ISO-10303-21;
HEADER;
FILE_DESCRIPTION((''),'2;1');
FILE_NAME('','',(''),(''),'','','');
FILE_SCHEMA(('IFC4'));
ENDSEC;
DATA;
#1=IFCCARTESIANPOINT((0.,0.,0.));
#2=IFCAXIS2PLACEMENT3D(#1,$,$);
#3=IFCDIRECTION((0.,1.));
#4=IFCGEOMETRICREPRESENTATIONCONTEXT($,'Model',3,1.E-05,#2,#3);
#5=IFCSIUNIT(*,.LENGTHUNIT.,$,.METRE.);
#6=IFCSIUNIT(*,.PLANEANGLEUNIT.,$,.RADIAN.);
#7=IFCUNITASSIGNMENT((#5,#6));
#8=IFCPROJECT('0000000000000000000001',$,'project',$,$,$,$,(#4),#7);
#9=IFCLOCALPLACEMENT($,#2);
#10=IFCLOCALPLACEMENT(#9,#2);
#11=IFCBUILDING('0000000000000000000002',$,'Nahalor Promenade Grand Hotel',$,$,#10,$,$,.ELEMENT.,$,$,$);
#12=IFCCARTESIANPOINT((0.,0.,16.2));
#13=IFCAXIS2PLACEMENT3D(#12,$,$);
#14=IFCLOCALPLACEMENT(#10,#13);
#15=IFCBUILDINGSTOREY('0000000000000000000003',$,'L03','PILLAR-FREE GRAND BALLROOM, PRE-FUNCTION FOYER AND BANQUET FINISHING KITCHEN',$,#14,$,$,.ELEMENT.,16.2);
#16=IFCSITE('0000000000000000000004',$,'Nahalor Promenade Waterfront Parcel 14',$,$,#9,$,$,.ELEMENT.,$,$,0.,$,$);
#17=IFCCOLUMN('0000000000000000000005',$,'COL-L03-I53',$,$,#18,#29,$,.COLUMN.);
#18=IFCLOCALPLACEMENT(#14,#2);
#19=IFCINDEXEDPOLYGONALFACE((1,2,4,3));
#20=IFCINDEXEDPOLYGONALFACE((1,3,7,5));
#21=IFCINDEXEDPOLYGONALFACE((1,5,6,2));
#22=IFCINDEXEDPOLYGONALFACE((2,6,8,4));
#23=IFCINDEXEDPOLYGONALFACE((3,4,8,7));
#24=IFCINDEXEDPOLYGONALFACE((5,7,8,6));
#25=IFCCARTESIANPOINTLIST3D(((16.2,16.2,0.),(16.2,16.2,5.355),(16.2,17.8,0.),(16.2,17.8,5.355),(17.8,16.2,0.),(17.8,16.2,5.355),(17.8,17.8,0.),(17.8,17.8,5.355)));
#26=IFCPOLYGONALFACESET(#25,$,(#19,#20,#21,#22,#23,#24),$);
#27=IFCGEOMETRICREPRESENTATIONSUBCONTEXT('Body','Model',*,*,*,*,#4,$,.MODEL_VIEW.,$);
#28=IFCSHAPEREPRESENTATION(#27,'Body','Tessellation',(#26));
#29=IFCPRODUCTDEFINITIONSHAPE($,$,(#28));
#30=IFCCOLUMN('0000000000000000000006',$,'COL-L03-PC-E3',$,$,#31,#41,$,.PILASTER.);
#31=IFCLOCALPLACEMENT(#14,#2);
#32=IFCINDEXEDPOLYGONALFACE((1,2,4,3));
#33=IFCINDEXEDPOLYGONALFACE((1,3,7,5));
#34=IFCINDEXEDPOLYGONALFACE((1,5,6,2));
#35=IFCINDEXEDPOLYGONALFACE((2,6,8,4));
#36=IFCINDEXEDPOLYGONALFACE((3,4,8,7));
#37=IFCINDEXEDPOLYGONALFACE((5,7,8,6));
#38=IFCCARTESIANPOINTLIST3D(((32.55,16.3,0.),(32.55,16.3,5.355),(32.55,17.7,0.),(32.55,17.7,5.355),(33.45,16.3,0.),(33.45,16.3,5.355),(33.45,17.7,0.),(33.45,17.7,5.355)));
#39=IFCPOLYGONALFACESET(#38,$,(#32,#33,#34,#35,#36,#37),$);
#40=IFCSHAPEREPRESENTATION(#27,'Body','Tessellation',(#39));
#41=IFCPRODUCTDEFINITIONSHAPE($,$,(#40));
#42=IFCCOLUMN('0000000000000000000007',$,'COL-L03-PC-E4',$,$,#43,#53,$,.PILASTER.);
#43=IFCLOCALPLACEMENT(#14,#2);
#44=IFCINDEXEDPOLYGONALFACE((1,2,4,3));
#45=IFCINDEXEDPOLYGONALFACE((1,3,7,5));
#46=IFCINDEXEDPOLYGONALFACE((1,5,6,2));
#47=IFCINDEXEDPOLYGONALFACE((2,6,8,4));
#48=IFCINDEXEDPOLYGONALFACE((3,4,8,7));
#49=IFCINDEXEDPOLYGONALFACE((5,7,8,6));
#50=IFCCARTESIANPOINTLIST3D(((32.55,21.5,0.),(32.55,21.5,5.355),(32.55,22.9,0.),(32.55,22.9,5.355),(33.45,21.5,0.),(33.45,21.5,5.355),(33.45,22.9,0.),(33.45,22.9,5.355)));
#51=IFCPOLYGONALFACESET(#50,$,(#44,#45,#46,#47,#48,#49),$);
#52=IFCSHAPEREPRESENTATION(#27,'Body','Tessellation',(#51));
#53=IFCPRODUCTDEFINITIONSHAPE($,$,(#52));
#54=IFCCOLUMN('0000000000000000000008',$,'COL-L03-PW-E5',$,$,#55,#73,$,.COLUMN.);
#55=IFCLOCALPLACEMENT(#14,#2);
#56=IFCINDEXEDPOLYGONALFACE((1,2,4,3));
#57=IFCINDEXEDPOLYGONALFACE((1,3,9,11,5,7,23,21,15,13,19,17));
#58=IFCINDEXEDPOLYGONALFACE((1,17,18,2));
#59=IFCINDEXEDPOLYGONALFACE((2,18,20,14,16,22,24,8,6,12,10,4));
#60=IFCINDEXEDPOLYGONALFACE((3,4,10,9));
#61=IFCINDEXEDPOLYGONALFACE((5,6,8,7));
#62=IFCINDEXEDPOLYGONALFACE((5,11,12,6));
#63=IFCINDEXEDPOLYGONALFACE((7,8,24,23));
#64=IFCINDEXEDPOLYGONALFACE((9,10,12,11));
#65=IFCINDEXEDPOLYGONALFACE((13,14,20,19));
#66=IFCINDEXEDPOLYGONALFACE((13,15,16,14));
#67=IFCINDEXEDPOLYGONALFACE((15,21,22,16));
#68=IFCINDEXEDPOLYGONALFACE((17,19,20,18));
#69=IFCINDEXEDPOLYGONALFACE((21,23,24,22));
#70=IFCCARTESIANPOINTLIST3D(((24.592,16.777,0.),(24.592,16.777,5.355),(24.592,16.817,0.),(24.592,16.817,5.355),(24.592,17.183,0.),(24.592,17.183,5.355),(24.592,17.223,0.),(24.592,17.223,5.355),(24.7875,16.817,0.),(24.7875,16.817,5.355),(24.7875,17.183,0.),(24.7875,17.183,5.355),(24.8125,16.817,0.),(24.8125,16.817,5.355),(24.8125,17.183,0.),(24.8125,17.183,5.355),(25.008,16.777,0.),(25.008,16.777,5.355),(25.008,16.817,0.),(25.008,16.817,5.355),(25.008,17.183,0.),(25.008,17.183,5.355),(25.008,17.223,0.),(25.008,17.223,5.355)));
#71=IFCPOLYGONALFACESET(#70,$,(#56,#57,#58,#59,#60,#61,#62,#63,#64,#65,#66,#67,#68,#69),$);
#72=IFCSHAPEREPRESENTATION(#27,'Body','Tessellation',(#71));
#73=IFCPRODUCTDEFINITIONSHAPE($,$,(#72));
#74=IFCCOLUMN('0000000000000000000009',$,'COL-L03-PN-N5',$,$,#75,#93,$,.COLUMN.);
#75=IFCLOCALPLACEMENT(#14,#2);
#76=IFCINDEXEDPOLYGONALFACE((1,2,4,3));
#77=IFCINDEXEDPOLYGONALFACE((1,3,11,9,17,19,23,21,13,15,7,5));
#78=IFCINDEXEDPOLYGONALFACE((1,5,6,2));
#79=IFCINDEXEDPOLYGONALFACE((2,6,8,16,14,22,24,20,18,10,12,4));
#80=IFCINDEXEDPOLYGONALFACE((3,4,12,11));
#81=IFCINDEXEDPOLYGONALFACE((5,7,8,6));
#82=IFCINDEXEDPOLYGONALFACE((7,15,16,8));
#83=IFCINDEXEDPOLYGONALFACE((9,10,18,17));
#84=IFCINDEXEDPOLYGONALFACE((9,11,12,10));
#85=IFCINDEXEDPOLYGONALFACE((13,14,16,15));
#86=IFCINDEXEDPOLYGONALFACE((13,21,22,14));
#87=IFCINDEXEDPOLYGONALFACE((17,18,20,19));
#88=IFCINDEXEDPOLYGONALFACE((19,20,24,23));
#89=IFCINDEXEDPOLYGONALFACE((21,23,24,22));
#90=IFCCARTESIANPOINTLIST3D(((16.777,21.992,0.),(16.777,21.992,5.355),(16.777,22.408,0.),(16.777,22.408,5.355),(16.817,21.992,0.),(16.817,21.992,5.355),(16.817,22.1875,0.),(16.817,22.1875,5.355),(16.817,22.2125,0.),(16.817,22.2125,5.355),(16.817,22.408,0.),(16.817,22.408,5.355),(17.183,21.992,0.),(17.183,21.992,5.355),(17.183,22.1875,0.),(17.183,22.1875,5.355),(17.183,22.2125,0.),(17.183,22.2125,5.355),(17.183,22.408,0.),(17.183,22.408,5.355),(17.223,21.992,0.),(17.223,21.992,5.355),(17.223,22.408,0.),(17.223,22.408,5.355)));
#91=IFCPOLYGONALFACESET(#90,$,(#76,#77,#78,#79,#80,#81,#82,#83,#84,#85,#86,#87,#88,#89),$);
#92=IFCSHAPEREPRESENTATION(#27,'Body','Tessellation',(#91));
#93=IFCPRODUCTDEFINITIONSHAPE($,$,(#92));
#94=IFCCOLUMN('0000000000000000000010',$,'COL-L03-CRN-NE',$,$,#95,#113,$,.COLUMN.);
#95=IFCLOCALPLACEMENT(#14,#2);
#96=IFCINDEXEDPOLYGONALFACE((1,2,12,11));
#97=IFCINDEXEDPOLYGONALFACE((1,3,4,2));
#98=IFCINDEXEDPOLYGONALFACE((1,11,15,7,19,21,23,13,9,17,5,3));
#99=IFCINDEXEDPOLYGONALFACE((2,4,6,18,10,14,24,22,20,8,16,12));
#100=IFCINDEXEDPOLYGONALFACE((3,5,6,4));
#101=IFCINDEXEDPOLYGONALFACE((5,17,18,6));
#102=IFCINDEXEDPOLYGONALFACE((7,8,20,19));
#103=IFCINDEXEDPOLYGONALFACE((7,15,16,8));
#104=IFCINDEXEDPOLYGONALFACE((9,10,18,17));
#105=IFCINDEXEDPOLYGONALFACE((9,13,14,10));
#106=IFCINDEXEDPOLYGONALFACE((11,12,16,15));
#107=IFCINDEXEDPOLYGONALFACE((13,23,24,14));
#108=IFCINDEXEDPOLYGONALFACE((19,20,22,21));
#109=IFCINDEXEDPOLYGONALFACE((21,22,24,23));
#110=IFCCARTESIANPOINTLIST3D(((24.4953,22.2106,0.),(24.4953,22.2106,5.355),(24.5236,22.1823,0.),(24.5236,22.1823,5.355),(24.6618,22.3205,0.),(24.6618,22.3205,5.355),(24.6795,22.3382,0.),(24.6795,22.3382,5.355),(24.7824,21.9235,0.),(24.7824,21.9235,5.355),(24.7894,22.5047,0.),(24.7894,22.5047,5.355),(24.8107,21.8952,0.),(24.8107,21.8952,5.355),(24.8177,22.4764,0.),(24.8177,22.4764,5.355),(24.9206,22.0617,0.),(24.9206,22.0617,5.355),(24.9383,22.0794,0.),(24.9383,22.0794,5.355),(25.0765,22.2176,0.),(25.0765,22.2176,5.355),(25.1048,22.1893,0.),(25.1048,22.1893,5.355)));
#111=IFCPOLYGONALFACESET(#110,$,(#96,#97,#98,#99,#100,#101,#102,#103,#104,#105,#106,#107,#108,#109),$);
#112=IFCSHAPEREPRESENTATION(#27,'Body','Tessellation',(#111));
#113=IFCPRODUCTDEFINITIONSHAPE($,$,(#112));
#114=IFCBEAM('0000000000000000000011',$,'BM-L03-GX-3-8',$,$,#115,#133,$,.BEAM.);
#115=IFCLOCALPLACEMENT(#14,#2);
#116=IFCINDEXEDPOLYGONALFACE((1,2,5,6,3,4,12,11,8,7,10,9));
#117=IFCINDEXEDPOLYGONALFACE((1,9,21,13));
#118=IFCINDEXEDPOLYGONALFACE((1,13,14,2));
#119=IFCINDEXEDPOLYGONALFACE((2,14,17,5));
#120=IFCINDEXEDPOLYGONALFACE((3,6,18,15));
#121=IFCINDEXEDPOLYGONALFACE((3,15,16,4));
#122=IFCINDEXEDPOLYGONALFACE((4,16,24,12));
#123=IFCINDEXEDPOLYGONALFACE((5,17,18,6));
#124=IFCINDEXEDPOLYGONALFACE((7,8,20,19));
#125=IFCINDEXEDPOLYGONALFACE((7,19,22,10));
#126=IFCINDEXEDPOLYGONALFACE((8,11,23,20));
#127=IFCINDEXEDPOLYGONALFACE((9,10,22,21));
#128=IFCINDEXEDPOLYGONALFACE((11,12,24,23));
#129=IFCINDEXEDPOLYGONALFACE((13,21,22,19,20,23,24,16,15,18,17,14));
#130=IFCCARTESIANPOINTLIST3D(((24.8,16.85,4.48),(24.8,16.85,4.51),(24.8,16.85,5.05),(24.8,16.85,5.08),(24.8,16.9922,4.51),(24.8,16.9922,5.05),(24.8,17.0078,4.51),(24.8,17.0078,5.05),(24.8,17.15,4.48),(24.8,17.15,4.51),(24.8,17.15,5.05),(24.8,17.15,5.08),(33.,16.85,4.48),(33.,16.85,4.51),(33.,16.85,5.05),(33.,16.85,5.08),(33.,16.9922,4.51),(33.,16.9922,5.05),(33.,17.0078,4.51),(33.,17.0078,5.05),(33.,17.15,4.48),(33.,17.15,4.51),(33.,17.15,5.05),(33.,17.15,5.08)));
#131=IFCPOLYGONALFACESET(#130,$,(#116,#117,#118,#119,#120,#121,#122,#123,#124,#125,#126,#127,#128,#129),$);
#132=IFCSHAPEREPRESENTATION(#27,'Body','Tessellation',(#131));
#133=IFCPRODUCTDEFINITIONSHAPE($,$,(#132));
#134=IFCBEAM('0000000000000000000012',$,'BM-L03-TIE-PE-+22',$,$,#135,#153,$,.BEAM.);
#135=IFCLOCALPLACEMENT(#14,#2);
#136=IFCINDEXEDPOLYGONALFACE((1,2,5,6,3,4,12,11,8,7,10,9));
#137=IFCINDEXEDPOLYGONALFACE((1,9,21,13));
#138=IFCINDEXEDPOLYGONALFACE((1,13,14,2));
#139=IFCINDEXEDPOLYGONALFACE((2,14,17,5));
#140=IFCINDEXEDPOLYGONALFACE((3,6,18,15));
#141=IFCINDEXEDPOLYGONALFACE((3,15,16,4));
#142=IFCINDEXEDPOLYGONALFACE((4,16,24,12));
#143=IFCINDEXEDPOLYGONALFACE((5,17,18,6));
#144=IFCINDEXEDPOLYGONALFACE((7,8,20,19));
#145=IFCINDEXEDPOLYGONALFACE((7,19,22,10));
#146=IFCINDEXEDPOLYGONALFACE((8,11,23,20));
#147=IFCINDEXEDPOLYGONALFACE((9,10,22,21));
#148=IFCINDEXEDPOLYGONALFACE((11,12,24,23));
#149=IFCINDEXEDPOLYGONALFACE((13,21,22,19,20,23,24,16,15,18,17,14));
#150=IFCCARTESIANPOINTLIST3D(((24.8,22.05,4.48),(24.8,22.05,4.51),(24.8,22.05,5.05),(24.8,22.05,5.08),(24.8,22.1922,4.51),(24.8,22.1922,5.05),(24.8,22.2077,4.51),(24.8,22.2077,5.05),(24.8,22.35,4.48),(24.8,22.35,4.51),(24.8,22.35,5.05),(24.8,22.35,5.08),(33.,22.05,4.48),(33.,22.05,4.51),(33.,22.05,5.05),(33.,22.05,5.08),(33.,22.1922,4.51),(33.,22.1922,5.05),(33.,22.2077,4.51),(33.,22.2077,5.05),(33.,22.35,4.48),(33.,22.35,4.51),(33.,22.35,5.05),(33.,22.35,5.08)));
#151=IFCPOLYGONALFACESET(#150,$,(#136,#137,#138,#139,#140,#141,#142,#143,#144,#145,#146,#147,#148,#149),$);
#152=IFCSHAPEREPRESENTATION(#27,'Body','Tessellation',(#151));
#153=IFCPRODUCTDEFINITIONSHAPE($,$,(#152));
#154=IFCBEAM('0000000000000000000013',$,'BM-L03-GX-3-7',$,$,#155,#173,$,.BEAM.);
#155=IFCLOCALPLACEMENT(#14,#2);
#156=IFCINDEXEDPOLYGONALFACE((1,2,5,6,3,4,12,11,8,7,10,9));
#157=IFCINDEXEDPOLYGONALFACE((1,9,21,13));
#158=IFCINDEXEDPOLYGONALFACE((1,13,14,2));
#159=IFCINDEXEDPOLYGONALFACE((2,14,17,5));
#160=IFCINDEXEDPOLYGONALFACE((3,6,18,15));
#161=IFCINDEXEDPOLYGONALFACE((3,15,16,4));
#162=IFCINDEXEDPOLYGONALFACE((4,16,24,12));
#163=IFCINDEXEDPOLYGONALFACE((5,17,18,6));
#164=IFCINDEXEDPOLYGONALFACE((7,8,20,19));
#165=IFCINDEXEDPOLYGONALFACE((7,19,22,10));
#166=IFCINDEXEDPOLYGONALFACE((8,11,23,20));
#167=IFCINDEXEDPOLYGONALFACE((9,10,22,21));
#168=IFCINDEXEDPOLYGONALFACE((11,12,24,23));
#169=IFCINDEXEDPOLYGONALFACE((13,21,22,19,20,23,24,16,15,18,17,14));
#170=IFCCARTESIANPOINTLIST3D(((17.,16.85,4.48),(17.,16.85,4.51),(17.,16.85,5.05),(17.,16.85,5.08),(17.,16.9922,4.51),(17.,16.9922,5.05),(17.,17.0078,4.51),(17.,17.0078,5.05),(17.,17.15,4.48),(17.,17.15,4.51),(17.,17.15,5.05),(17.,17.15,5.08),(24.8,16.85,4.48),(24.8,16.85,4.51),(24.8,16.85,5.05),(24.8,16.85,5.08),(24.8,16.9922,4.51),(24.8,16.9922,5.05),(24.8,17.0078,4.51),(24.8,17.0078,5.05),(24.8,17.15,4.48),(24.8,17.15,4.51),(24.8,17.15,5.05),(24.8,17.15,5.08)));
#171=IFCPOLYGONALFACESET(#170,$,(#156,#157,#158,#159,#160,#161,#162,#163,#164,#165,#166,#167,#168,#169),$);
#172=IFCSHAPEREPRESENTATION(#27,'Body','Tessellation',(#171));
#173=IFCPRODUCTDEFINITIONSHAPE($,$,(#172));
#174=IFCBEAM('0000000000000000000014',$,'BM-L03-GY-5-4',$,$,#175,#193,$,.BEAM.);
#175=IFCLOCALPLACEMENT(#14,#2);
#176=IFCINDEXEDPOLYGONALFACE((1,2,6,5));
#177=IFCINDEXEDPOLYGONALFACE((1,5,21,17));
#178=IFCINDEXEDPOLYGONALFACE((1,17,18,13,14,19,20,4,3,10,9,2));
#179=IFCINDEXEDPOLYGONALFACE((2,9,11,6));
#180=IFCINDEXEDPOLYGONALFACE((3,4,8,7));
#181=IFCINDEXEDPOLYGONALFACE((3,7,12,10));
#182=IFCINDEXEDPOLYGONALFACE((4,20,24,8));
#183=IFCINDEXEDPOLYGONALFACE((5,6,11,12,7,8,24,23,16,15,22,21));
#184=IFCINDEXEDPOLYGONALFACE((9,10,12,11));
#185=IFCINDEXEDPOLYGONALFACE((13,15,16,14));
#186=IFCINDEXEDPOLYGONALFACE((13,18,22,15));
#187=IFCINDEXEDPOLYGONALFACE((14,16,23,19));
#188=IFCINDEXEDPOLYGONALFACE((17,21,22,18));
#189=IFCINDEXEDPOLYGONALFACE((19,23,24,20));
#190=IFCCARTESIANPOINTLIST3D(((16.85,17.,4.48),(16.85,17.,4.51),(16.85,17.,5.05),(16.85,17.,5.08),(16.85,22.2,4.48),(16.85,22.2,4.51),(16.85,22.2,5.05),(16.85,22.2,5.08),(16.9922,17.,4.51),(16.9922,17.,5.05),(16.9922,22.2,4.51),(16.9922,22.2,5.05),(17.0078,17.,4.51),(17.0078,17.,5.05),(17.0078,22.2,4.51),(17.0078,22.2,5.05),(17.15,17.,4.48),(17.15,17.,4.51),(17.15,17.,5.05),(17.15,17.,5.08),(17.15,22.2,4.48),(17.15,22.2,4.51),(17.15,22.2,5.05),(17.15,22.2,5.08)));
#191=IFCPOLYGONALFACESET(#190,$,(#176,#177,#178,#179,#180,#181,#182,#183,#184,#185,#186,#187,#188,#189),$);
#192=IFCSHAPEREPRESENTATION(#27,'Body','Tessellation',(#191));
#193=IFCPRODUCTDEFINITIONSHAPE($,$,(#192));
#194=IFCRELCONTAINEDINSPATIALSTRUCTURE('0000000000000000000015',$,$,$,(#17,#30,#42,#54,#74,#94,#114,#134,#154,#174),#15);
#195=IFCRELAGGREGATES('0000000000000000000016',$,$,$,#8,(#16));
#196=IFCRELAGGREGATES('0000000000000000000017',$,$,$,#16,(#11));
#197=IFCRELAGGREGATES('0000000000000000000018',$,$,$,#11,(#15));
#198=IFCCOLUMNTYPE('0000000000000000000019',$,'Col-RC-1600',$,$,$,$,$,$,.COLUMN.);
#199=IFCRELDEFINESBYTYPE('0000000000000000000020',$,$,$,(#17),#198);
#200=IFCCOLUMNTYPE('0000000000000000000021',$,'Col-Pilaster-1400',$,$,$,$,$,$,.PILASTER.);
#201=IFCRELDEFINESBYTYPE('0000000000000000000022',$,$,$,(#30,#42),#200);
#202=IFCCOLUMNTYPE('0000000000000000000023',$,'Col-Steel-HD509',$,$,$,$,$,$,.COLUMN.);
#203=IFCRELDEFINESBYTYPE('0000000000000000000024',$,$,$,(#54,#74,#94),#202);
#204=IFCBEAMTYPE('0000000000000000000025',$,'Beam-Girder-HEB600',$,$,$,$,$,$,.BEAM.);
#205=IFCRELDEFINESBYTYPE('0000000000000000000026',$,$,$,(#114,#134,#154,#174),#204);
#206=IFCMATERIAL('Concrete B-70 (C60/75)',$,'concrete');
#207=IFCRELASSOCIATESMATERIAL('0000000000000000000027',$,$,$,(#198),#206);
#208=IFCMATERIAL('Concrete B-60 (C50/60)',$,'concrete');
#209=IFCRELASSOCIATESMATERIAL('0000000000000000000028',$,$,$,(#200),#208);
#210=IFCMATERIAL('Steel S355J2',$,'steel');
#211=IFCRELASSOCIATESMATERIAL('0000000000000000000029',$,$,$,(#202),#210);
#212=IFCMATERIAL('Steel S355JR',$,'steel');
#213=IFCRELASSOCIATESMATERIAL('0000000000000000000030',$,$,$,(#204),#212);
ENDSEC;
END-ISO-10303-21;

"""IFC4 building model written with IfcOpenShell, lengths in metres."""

from ifc_helpers import new_model, si_unit, direction, frame, origin, origin_2d, place, context, subcontext, project, spatial, rectangle, i_section, extrude, source, transform, mapped, material, material_profile, profile_set, type_object, element, save


model = new_model("IFC4")

# Units and contexts
model_context = context("Model", 3, precision=1e-05, world=origin(), true_north=direction((0.0, 1.0)))
body_context = subcontext(model_context, "Body", "Model", "MODEL_VIEW")
ifc_project = project(units=[si_unit("LENGTHUNIT", "METRE"), si_unit("PLANEANGLEUNIT", "RADIAN")], contexts=[model_context])

# Site, building, storey
site_placement = place(None, origin())
site = spatial("IfcSite", under=ifc_project, at=site_placement, Name="Nahalor Promenade Waterfront Parcel 14", CompositionType="ELEMENT", RefElevation=0.0)
building_placement = place(site_placement, origin())
building = spatial("IfcBuilding", under=site, at=building_placement, Name="Nahalor Promenade Grand Hotel", CompositionType="ELEMENT")
storey_placement = place(building_placement, frame((0.0, 0.0, 16.2)))
storey = spatial("IfcBuildingStorey", under=building, at=storey_placement, Name="L03", Description="PILLAR-FREE GRAND BALLROOM, PRE-FUNCTION FOYER AND BANQUET FINISHING KITCHEN", CompositionType="ELEMENT", Elevation=16.2)

# Columns
ifc_material_1 = material(Name="Concrete B-70 (C60/75)", Category="concrete")
ifc_material_profile_1 = material_profile(ifc_material_1, rectangle(XDim=1.6, YDim=1.6, at=origin_2d()), Name="RC 1600x1600")
ifc_profile_set_1 = profile_set([ifc_material_profile_1], Name="Concrete B-70 (C60/75)")
column_type_1 = type_object("IfcColumnType", Name="Col-RC-1600", PredefinedType="COLUMN", material=ifc_profile_set_1)
shared_shape_1 = source(origin(), body_context, "Body", "SweptSolid", [
    extrude(rectangle(XDim=1.6, YDim=1.6, at=origin_2d()), origin(), (0.0, 0.0, 1.0), 5.355),
])
column_placement = place(storey_placement, frame((17.0, 17.0, 0.0), z_axis=(0.0, 0.0, 1.0), x_axis=(1.0, 0.0, 0.0)))
element("IfcColumn", 1, at=column_placement, inside=storey, type_object=column_type_1, Name="COL-L03-I53", PredefinedType="COLUMN", context=body_context, shape_type="MappedRepresentation", body=[
    mapped(shared_shape_1, transform((0.0, 0.0, 0.0), scale=1.0)),
])
ifc_material_2 = material(Name="Concrete B-60 (C50/60)", Category="concrete")
ifc_material_profile_2 = material_profile(ifc_material_2, rectangle(XDim=0.9, YDim=1.4, at=origin_2d()), Name="RC 900x1400")
ifc_profile_set_2 = profile_set([ifc_material_profile_2], Name="Concrete B-60 (C50/60)")
column_type_2 = type_object("IfcColumnType", Name="Col-Pilaster-1400", PredefinedType="PILASTER", material=ifc_profile_set_2)
shared_shape_2 = source(origin(), body_context, "Body", "SweptSolid", [
    extrude(rectangle(XDim=0.9, YDim=1.4, at=origin_2d()), origin(), (0.0, 0.0, 1.0), 5.355),
])
for number, where, z_axis, x_axis, name in (
    (2, (33.0, 17.0, 0.0), (0.0, 0.0, 1.0), (1.0, 0.0, 0.0), "COL-L03-PC-E3"),
    (3, (33.0, 22.2, 0.0), (0.0, 0.0, 1.0), (1.0, 0.0, 0.0), "COL-L03-PC-E4"),
):
    element("IfcColumn", number, at=place(storey_placement, frame(where, z_axis=z_axis, x_axis=x_axis)), inside=storey, type_object=column_type_2, Name=name, PredefinedType="PILASTER", context=body_context, shape_type="MappedRepresentation", body=[
        mapped(shared_shape_2, transform((0.0, 0.0, 0.0), scale=1.0)),
    ])
ifc_material_3 = material(Name="Steel S355J2", Category="steel")
ifc_material_profile_3 = material_profile(ifc_material_3, i_section(OverallWidth=0.416, OverallDepth=0.446, WebThickness=0.025, FlangeThickness=0.04, at=origin_2d()), Name="HD 400x509")
ifc_profile_set_3 = profile_set([ifc_material_profile_3], Name="Steel S355J2")
column_type_3 = type_object("IfcColumnType", Name="Col-Steel-HD509", PredefinedType="COLUMN", material=ifc_profile_set_3)
shared_shape_3 = source(origin(), body_context, "Body", "SweptSolid", [
    extrude(i_section(OverallWidth=0.416, OverallDepth=0.446, WebThickness=0.025, FlangeThickness=0.04, at=origin_2d()), origin(), (0.0, 0.0, 1.0), 5.355),
])
for number, where, z_axis, x_axis, name in (
    (4, (24.8, 17.0, 0.0), (0.0, 0.0, 1.0), (1.0, 0.0, 0.0), "COL-L03-PW-E5"),
    (5, (17.0, 22.2, 0.0), (0.0, 0.0, 1.0), (0.0, 1.0, 0.0), "COL-L03-PN-N5"),
    (6, (24.8, 22.2, 0.0), (0.0, 0.0, 1.0), (0.707107, 0.707107, 0.0), "COL-L03-CRN-NE"),
):
    element("IfcColumn", number, at=place(storey_placement, frame(where, z_axis=z_axis, x_axis=x_axis)), inside=storey, type_object=column_type_3, Name=name, PredefinedType="COLUMN", context=body_context, shape_type="MappedRepresentation", body=[
        mapped(shared_shape_3, transform((0.0, 0.0, 0.0), scale=1.0)),
    ])

# Beams
ifc_material_4 = material(Name="Steel S355JR", Category="steel")
ifc_material_profile_4 = material_profile(ifc_material_4, i_section(OverallWidth=0.3, OverallDepth=0.6, WebThickness=0.0155, FlangeThickness=0.03, at=origin_2d()), Name="HEB 600")
ifc_profile_set_4 = profile_set([ifc_material_profile_4], Name="Steel S355JR")
beam_type_1 = type_object("IfcBeamType", Name="Beam-Girder-HEB600", PredefinedType="BEAM", material=ifc_profile_set_4)
shared_shape_4 = source(origin(), body_context, "Body", "SweptSolid", [
    extrude(i_section(OverallWidth=0.3, OverallDepth=0.6, WebThickness=0.0155, FlangeThickness=0.03, at=origin_2d()), origin(), (0.0, 0.0, 1.0), 8.2),
])
for number, where, z_axis, x_axis, name in (
    (7, (24.8, 17.0, 4.78), (1.0, 0.0, 0.0), (0.0, 1.0, 0.0), "BM-L03-GX-3-8"),
    (8, (24.8, 22.2, 4.78), (1.0, 0.0, 0.0), (0.0, 1.0, 0.0), "BM-L03-TIE-PE-+22"),
):
    element("IfcBeam", number, at=place(storey_placement, frame(where, z_axis=z_axis, x_axis=x_axis)), inside=storey, type_object=beam_type_1, Name=name, PredefinedType="BEAM", context=body_context, shape_type="MappedRepresentation", body=[
        mapped(shared_shape_4, transform((0.0, 0.0, 0.0), scale=1.0)),
    ])
shared_shape_5 = source(origin(), body_context, "Body", "SweptSolid", [
    extrude(i_section(OverallWidth=0.3, OverallDepth=0.6, WebThickness=0.0155, FlangeThickness=0.03, at=origin_2d()), origin(), (0.0, 0.0, 1.0), 7.8),
])
beam_1_placement = place(storey_placement, frame((17.0, 17.0, 4.78), z_axis=(1.0, 0.0, 0.0), x_axis=(0.0, 1.0, 0.0)))
element("IfcBeam", 9, at=beam_1_placement, inside=storey, type_object=beam_type_1, Name="BM-L03-GX-3-7", PredefinedType="BEAM", context=body_context, shape_type="MappedRepresentation", body=[
    mapped(shared_shape_5, transform((0.0, 0.0, 0.0), scale=1.0)),
])
shared_shape_6 = source(origin(), body_context, "Body", "SweptSolid", [
    extrude(i_section(OverallWidth=0.3, OverallDepth=0.6, WebThickness=0.0155, FlangeThickness=0.03, at=origin_2d()), origin(), (0.0, 0.0, 1.0), 5.2),
])
beam_2_placement = place(storey_placement, frame((17.0, 17.0, 4.78), z_axis=(0.0, 1.0, 0.0), x_axis=(-1.0, 0.0, 0.0)))
element("IfcBeam", 10, at=beam_2_placement, inside=storey, type_object=beam_type_1, Name="BM-L03-GY-5-4", PredefinedType="BEAM", context=body_context, shape_type="MappedRepresentation", body=[
    mapped(shared_shape_6, transform((0.0, 0.0, 0.0), scale=1.0)),
])

save(model, "model.ifc")
